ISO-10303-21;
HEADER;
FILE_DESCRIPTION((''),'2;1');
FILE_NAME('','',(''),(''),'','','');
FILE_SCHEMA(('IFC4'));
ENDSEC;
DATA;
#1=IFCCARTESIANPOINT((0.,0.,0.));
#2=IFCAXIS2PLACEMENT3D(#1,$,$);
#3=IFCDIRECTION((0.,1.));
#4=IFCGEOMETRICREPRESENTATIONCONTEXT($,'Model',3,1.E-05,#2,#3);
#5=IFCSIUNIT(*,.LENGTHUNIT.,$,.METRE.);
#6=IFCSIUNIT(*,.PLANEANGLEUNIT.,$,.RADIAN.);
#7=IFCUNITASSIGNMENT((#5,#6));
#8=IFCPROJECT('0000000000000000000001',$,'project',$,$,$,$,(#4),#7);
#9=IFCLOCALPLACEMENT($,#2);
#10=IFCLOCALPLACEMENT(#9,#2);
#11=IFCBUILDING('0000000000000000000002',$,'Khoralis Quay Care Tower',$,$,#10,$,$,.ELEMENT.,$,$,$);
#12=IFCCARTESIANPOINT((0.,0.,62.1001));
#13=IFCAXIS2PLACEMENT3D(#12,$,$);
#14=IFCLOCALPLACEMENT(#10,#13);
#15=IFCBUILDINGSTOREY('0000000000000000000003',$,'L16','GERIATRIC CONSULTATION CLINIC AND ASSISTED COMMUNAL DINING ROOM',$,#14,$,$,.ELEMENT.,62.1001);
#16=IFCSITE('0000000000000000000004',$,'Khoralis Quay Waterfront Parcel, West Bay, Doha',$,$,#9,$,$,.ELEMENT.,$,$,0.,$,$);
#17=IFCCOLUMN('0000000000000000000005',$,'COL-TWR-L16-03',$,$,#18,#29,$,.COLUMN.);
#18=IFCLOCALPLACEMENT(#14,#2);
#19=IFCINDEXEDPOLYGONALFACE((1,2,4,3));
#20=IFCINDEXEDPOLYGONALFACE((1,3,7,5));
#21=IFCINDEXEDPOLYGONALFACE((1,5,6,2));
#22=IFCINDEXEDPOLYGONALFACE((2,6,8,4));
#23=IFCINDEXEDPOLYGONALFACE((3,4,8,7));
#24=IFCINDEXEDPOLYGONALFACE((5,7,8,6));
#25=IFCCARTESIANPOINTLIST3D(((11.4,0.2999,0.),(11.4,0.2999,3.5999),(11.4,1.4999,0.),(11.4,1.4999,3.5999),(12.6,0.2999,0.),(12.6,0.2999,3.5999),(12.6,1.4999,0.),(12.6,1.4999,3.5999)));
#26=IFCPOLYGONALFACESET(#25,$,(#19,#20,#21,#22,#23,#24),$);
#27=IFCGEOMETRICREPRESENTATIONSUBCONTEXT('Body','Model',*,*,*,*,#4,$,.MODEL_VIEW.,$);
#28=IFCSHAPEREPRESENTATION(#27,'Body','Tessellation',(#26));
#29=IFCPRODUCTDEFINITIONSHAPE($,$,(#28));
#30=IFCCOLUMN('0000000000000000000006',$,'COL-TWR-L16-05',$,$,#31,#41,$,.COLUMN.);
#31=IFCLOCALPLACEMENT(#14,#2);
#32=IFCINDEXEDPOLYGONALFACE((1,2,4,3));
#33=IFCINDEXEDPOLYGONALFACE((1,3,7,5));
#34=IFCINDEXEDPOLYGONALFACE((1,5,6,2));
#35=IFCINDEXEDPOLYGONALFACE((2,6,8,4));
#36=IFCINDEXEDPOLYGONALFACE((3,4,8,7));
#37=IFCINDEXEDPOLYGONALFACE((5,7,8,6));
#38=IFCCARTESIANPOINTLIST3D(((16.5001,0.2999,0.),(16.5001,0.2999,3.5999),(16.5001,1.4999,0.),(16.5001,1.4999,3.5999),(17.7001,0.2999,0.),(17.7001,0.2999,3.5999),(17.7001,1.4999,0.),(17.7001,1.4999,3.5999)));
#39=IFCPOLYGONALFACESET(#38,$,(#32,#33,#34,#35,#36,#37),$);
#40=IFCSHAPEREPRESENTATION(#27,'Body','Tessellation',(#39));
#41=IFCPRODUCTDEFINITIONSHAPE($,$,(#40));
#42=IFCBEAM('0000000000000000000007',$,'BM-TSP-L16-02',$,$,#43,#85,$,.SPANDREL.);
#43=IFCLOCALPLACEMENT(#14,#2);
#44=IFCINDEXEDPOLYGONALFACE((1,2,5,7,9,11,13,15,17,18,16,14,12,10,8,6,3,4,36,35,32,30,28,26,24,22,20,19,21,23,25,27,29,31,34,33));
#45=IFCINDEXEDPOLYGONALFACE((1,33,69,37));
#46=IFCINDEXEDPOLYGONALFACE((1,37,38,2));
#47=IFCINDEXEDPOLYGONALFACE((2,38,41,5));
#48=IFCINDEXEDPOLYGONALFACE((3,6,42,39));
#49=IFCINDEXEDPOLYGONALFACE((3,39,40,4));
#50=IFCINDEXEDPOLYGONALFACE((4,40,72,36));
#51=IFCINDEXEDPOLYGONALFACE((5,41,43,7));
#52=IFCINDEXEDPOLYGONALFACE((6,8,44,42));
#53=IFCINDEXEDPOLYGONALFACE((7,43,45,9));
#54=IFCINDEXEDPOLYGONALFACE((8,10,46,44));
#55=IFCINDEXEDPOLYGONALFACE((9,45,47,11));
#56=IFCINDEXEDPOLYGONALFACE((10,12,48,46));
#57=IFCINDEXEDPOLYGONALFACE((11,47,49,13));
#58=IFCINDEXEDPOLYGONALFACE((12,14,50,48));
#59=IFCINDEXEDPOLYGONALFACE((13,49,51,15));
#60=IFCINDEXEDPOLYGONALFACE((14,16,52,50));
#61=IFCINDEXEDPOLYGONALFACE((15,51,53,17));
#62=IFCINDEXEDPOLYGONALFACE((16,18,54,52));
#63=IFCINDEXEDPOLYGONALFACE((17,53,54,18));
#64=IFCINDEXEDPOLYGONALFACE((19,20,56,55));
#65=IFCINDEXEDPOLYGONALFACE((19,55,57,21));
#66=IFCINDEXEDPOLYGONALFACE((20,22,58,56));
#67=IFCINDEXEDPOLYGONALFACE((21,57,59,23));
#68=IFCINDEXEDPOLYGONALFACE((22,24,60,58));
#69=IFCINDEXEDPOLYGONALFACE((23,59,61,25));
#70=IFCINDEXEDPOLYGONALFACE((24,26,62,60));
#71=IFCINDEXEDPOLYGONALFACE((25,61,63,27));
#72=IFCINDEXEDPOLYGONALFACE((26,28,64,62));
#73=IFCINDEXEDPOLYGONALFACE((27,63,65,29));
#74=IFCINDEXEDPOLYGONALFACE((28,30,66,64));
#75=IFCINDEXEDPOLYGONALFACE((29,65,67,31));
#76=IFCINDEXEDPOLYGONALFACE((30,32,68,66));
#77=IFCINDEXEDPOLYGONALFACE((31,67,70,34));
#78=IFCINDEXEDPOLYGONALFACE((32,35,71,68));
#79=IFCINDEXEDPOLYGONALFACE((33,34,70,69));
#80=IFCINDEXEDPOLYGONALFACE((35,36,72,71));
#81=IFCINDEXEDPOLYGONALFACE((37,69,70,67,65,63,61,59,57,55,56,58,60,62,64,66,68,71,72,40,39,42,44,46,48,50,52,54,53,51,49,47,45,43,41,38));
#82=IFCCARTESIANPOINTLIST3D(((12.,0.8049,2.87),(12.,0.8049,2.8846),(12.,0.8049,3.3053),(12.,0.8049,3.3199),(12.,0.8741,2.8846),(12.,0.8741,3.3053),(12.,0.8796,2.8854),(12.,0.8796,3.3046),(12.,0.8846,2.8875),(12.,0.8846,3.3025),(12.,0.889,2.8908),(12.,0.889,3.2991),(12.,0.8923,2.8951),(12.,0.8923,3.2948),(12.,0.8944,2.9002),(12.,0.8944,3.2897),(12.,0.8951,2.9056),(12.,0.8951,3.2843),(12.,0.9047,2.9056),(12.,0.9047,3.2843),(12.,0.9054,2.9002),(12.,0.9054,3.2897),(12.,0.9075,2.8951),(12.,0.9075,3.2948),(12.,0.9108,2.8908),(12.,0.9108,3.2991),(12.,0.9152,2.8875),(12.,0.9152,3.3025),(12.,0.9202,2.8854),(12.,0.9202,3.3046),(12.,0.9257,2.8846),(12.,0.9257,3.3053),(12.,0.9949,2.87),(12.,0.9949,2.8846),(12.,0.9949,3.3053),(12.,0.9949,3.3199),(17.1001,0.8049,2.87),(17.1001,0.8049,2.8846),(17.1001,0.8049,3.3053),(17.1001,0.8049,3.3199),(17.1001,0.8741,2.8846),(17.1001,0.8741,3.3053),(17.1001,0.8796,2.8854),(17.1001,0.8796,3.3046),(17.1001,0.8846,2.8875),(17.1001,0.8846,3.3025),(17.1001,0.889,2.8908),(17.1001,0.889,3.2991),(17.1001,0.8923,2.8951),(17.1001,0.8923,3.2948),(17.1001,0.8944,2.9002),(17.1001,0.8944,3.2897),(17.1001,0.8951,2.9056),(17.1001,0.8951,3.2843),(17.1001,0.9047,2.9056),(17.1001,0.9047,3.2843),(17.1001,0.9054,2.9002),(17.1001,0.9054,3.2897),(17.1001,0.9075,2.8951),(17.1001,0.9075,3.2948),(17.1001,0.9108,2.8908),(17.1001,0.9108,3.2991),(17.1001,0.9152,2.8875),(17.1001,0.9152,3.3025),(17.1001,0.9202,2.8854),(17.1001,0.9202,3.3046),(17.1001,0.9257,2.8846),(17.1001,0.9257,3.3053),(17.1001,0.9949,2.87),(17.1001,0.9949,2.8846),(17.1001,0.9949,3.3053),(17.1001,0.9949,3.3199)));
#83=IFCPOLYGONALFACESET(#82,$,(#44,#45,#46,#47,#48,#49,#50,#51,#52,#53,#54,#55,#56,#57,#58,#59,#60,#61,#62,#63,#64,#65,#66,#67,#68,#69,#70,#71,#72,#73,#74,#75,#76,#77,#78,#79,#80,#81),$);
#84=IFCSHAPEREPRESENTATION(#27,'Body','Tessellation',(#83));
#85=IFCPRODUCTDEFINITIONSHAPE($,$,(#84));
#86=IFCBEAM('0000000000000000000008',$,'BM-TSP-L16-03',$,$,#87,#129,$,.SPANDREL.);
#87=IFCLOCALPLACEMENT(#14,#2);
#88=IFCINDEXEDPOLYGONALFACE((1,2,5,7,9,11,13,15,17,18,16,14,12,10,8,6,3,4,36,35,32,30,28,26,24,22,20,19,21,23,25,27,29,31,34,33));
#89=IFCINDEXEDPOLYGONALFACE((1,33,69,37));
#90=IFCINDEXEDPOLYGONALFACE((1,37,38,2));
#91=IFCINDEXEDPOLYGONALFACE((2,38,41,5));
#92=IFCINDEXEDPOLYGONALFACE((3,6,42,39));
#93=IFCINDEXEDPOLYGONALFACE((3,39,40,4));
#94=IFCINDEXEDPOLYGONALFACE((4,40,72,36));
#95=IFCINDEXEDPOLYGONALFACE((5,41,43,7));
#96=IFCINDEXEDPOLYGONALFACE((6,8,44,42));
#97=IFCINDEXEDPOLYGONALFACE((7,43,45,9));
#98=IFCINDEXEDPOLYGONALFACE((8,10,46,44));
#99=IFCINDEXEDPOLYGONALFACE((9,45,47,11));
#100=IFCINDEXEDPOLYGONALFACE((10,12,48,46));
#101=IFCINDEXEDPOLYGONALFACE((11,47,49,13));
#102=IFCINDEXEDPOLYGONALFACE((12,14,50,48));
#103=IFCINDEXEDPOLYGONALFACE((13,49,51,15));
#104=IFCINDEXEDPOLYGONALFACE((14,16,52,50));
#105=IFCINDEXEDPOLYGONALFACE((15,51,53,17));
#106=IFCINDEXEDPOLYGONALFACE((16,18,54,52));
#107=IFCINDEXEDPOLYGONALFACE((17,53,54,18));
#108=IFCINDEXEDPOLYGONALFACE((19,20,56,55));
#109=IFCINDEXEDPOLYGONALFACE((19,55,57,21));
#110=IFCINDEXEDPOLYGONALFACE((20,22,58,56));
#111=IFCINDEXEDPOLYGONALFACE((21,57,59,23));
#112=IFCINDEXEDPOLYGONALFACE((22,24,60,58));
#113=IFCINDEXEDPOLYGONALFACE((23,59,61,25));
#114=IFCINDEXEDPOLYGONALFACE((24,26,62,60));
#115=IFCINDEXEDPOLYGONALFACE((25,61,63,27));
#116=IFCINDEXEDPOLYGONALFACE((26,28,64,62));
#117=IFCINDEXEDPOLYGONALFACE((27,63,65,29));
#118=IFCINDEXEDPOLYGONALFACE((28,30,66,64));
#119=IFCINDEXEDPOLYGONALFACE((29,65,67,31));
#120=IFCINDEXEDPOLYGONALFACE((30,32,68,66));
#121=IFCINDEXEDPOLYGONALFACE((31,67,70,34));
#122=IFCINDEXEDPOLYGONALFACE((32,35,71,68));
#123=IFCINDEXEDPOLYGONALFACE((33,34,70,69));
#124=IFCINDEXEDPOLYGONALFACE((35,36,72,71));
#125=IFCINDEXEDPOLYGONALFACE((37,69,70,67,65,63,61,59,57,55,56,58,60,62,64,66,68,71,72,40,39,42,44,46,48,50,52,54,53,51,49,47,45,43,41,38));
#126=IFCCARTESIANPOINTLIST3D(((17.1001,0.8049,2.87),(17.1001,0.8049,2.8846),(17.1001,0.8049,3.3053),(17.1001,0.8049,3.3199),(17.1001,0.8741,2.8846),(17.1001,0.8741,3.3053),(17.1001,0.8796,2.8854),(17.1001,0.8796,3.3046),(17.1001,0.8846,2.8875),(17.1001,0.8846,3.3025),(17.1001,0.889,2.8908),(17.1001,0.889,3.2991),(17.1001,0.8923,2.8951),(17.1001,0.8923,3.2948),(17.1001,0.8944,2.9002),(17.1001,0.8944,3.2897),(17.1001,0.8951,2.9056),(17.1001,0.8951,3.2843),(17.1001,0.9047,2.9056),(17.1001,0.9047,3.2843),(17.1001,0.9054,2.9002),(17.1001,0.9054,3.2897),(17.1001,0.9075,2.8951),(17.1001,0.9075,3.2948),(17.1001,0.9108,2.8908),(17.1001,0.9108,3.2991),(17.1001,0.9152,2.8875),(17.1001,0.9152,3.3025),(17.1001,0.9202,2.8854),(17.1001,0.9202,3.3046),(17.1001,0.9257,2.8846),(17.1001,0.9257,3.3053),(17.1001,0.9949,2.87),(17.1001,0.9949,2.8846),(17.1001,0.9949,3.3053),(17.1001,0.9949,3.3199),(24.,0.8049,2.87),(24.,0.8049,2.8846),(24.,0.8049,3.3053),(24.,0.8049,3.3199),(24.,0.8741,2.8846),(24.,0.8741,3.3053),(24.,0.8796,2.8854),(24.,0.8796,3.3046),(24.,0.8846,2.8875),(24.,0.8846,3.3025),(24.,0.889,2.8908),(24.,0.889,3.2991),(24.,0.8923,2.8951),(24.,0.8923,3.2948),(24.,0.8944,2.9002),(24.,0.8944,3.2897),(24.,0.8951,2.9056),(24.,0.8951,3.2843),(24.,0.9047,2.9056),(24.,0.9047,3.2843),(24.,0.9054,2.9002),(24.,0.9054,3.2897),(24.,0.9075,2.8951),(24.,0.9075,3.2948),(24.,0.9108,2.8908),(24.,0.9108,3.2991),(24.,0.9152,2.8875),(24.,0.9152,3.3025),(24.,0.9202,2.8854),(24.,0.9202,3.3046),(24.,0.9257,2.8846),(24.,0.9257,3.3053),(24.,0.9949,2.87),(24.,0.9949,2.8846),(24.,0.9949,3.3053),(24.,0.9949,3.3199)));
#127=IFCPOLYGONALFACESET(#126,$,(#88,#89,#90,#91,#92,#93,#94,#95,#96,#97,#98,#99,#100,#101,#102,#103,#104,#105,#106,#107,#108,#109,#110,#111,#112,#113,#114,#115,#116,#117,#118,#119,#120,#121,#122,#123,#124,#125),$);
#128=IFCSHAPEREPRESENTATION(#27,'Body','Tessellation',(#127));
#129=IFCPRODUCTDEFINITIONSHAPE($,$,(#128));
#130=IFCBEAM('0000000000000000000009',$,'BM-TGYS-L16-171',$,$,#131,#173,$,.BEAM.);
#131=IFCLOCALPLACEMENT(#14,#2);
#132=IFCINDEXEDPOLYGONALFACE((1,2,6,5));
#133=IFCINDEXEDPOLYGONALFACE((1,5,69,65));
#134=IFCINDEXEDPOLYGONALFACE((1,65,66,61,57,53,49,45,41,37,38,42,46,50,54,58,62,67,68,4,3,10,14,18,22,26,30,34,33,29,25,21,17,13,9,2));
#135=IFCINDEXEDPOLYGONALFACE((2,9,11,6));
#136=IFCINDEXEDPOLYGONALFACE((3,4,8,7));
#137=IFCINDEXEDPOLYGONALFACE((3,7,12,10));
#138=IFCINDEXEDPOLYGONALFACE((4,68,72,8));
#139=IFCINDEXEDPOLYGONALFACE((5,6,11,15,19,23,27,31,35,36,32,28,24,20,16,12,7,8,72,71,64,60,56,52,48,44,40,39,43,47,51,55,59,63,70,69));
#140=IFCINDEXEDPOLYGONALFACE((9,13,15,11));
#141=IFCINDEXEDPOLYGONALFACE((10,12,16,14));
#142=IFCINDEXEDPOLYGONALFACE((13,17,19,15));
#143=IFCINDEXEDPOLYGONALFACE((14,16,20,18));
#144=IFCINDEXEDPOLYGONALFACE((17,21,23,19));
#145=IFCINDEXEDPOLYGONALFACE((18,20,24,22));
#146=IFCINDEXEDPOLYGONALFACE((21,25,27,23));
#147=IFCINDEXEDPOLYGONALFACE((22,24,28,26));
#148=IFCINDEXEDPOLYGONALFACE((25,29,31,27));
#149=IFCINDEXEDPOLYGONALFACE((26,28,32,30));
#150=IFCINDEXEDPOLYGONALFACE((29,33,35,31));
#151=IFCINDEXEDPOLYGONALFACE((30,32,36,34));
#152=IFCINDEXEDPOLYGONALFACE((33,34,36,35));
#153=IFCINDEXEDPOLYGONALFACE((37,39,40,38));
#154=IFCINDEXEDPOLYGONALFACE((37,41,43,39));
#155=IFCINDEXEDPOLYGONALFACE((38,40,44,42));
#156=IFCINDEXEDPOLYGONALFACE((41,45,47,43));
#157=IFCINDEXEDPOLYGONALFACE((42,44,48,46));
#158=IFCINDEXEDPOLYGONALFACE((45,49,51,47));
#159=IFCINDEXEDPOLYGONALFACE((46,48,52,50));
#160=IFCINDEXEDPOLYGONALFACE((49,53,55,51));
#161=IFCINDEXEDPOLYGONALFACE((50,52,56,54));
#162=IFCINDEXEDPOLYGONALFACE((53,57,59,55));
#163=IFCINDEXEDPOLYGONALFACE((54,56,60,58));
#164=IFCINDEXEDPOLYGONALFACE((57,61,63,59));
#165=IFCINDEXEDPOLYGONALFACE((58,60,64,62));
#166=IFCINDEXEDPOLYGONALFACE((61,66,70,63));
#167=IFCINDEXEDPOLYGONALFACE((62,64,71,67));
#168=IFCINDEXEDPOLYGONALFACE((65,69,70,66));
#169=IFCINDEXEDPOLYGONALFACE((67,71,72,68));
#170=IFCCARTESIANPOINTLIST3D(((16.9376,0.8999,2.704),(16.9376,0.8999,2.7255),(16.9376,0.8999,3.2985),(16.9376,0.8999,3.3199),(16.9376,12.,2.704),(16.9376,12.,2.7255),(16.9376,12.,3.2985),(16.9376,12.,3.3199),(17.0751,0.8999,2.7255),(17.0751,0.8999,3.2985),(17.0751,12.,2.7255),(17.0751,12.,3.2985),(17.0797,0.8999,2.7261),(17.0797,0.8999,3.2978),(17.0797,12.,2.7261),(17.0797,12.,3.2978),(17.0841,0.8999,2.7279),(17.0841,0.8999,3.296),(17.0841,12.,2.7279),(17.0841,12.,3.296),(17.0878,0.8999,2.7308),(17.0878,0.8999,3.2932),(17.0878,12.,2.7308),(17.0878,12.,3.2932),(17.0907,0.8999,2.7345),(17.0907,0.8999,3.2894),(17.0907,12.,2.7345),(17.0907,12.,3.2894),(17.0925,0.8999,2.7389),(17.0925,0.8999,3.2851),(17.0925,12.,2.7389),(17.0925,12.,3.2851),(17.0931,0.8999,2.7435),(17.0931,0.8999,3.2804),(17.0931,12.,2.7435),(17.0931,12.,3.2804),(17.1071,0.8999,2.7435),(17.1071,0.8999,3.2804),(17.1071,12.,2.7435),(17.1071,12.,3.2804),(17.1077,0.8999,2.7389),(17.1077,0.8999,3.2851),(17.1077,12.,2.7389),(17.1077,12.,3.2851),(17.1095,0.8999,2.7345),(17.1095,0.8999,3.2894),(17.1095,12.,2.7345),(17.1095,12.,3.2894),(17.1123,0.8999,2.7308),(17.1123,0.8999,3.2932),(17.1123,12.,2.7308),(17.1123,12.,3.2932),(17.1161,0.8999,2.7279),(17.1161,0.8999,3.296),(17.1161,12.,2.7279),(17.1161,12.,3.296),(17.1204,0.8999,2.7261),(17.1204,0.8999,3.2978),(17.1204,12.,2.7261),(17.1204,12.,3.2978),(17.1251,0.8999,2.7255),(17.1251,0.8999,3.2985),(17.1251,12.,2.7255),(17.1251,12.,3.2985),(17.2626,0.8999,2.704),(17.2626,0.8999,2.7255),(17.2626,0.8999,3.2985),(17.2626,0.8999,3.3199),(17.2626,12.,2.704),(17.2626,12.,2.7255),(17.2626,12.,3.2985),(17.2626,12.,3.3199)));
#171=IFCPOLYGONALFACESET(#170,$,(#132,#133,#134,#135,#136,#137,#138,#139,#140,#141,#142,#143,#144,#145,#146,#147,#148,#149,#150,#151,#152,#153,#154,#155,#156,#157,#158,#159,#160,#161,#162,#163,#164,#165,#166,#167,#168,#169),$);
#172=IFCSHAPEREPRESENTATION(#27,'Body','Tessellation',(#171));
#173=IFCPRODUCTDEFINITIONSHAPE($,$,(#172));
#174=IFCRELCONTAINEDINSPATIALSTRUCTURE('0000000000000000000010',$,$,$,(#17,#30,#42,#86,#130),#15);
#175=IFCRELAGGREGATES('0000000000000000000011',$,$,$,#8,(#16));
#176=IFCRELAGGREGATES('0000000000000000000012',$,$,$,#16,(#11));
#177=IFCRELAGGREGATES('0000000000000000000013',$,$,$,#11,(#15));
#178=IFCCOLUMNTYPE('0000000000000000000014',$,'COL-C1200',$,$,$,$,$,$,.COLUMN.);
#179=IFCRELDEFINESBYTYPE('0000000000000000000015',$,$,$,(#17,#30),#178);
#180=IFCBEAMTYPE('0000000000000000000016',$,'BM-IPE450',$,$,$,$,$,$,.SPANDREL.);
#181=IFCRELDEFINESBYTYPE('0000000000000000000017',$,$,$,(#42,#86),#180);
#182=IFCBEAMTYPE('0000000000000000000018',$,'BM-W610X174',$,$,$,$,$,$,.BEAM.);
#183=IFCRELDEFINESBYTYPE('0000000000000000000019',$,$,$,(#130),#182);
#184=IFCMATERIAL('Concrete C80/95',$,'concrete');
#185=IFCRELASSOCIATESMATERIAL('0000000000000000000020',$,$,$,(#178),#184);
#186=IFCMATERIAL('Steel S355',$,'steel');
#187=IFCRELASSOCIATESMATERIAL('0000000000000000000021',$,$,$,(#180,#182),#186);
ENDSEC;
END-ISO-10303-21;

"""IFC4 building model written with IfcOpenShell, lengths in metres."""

from ifc_helpers import new_model, si_unit, direction, frame, origin, origin_2d, place, context, subcontext, project, spatial, rectangle, i_section, extrude, source, transform, mapped, material, material_profile, profile_set, type_object, element, save


model = new_model("IFC4")

# Units and contexts
model_context = context("Model", 3, precision=1e-05, world=origin(), true_north=direction((0.0, 1.0)))
body_context = subcontext(model_context, "Body", "Model", "MODEL_VIEW")
ifc_project = project(units=[si_unit("LENGTHUNIT", "METRE"), si_unit("PLANEANGLEUNIT", "RADIAN")], contexts=[model_context])

# Site, building, storey
site_placement = place(None, origin())
site = spatial("IfcSite", under=ifc_project, at=site_placement, Name="Khoralis Quay Waterfront Parcel, West Bay, Doha", CompositionType="ELEMENT", RefElevation=0.0)
building_placement = place(site_placement, origin())
building = spatial("IfcBuilding", under=site, at=building_placement, Name="Khoralis Quay Care Tower", CompositionType="ELEMENT")
storey_placement = place(building_placement, frame((0.0, 0.0, 62.1001)))
storey = spatial("IfcBuildingStorey", under=building, at=storey_placement, Name="L16", Description="GERIATRIC CONSULTATION CLINIC AND ASSISTED COMMUNAL DINING ROOM", CompositionType="ELEMENT", Elevation=62.1001)

# Columns
ifc_material_1 = material(Name="Concrete C80/95", Category="concrete")
ifc_material_profile_1 = material_profile(ifc_material_1, rectangle(XDim=1.2, YDim=1.2, at=origin_2d()), Name="Concrete C80/95")
ifc_profile_set_1 = profile_set([ifc_material_profile_1], Name="Concrete C80/95")
column_type = type_object("IfcColumnType", Name="COL-C1200", PredefinedType="COLUMN", material=ifc_profile_set_1)
shared_shape_1 = source(origin(), body_context, "Body", "SweptSolid", [
    extrude(rectangle(XDim=1.2, YDim=1.2, at=origin_2d()), origin(), (0.0, 0.0, 1.0), 3.5999),
])
for number, where, z_axis, x_axis, name in (
    (1, (12.0, 0.8999, 0.0), (0.0, 0.0, 1.0), (1.0, 0.0, 0.0), "COL-TWR-L16-03"),
    (2, (17.1001, 0.8999, 0.0), (0.0, 0.0, 1.0), (1.0, 0.0, 0.0), "COL-TWR-L16-05"),
):
    element("IfcColumn", number, at=place(storey_placement, frame(where, z_axis=z_axis, x_axis=x_axis)), inside=storey, type_object=column_type, Name=name, PredefinedType="COLUMN", context=body_context, shape_type="MappedRepresentation", body=[
        mapped(shared_shape_1, transform((0.0, 0.0, 0.0), scale=1.0)),
    ])

# Beams
ifc_material_2 = material(Name="Steel S355", Category="steel")
ifc_material_profile_2 = material_profile(ifc_material_2, i_section(OverallWidth=0.1899, OverallDepth=0.45, WebThickness=0.0095, FlangeThickness=0.0146, FilletRadius=0.021, at=origin_2d()), Name="Steel S355")
ifc_profile_set_2 = profile_set([ifc_material_profile_2], Name="Steel S355")
beam_type_1 = type_object("IfcBeamType", Name="BM-IPE450", PredefinedType="SPANDREL", material=ifc_profile_set_2)
shared_shape_2 = source(origin(), body_context, "Body", "SweptSolid", [
    extrude(i_section(OverallWidth=0.1899, OverallDepth=0.45, WebThickness=0.0095, FlangeThickness=0.0146, FilletRadius=0.021, at=origin_2d()), origin(), (0.0, 0.0, 1.0), 5.1001),
])
beam_1_placement = place(storey_placement, frame((12.0, 0.8999, 3.095), z_axis=(1.0, 0.0, 0.0), x_axis=(0.0, 1.0, 0.0)))
element("IfcBeam", 3, at=beam_1_placement, inside=storey, type_object=beam_type_1, Name="BM-TSP-L16-02", PredefinedType="SPANDREL", context=body_context, shape_type="MappedRepresentation", body=[
    mapped(shared_shape_2, transform((0.0, 0.0, 0.0), scale=1.0)),
])
shared_shape_3 = source(origin(), body_context, "Body", "SweptSolid", [
    extrude(i_section(OverallWidth=0.1899, OverallDepth=0.45, WebThickness=0.0095, FlangeThickness=0.0146, FilletRadius=0.021, at=origin_2d()), origin(), (0.0, 0.0, 1.0), 6.8999),
])
beam_2_placement = place(storey_placement, frame((17.1001, 0.8999, 3.095), z_axis=(1.0, 0.0, 0.0), x_axis=(0.0, 1.0, 0.0)))
element("IfcBeam", 4, at=beam_2_placement, inside=storey, type_object=beam_type_1, Name="BM-TSP-L16-03", PredefinedType="SPANDREL", context=body_context, shape_type="MappedRepresentation", body=[
    mapped(shared_shape_3, transform((0.0, 0.0, 0.0), scale=1.0)),
])
ifc_material_profile_3 = material_profile(ifc_material_2, i_section(OverallWidth=0.325, OverallDepth=0.616, WebThickness=0.0139, FlangeThickness=0.0215, FilletRadius=0.0181, at=origin_2d()), Name="Steel S355")
ifc_profile_set_3 = profile_set([ifc_material_profile_3], Name="Steel S355")
beam_type_2 = type_object("IfcBeamType", Name="BM-W610X174", PredefinedType="BEAM", material=ifc_profile_set_3)
shared_shape_4 = source(origin(), body_context, "Body", "SweptSolid", [
    extrude(i_section(OverallWidth=0.325, OverallDepth=0.616, WebThickness=0.0139, FlangeThickness=0.0215, FilletRadius=0.0181, at=origin_2d()), origin(), (0.0, 0.0, 1.0), 11.1001),
])
beam_3_placement = place(storey_placement, frame((17.1001, 0.8999, 3.012), z_axis=(0.0, 1.0, 0.0), x_axis=(-1.0, 0.0, 0.0)))
element("IfcBeam", 5, at=beam_3_placement, inside=storey, type_object=beam_type_2, Name="BM-TGYS-L16-171", PredefinedType="BEAM", context=body_context, shape_type="MappedRepresentation", body=[
    mapped(shared_shape_4, transform((0.0, 0.0, 0.0), scale=1.0)),
])

save(model, "model.ifc")
